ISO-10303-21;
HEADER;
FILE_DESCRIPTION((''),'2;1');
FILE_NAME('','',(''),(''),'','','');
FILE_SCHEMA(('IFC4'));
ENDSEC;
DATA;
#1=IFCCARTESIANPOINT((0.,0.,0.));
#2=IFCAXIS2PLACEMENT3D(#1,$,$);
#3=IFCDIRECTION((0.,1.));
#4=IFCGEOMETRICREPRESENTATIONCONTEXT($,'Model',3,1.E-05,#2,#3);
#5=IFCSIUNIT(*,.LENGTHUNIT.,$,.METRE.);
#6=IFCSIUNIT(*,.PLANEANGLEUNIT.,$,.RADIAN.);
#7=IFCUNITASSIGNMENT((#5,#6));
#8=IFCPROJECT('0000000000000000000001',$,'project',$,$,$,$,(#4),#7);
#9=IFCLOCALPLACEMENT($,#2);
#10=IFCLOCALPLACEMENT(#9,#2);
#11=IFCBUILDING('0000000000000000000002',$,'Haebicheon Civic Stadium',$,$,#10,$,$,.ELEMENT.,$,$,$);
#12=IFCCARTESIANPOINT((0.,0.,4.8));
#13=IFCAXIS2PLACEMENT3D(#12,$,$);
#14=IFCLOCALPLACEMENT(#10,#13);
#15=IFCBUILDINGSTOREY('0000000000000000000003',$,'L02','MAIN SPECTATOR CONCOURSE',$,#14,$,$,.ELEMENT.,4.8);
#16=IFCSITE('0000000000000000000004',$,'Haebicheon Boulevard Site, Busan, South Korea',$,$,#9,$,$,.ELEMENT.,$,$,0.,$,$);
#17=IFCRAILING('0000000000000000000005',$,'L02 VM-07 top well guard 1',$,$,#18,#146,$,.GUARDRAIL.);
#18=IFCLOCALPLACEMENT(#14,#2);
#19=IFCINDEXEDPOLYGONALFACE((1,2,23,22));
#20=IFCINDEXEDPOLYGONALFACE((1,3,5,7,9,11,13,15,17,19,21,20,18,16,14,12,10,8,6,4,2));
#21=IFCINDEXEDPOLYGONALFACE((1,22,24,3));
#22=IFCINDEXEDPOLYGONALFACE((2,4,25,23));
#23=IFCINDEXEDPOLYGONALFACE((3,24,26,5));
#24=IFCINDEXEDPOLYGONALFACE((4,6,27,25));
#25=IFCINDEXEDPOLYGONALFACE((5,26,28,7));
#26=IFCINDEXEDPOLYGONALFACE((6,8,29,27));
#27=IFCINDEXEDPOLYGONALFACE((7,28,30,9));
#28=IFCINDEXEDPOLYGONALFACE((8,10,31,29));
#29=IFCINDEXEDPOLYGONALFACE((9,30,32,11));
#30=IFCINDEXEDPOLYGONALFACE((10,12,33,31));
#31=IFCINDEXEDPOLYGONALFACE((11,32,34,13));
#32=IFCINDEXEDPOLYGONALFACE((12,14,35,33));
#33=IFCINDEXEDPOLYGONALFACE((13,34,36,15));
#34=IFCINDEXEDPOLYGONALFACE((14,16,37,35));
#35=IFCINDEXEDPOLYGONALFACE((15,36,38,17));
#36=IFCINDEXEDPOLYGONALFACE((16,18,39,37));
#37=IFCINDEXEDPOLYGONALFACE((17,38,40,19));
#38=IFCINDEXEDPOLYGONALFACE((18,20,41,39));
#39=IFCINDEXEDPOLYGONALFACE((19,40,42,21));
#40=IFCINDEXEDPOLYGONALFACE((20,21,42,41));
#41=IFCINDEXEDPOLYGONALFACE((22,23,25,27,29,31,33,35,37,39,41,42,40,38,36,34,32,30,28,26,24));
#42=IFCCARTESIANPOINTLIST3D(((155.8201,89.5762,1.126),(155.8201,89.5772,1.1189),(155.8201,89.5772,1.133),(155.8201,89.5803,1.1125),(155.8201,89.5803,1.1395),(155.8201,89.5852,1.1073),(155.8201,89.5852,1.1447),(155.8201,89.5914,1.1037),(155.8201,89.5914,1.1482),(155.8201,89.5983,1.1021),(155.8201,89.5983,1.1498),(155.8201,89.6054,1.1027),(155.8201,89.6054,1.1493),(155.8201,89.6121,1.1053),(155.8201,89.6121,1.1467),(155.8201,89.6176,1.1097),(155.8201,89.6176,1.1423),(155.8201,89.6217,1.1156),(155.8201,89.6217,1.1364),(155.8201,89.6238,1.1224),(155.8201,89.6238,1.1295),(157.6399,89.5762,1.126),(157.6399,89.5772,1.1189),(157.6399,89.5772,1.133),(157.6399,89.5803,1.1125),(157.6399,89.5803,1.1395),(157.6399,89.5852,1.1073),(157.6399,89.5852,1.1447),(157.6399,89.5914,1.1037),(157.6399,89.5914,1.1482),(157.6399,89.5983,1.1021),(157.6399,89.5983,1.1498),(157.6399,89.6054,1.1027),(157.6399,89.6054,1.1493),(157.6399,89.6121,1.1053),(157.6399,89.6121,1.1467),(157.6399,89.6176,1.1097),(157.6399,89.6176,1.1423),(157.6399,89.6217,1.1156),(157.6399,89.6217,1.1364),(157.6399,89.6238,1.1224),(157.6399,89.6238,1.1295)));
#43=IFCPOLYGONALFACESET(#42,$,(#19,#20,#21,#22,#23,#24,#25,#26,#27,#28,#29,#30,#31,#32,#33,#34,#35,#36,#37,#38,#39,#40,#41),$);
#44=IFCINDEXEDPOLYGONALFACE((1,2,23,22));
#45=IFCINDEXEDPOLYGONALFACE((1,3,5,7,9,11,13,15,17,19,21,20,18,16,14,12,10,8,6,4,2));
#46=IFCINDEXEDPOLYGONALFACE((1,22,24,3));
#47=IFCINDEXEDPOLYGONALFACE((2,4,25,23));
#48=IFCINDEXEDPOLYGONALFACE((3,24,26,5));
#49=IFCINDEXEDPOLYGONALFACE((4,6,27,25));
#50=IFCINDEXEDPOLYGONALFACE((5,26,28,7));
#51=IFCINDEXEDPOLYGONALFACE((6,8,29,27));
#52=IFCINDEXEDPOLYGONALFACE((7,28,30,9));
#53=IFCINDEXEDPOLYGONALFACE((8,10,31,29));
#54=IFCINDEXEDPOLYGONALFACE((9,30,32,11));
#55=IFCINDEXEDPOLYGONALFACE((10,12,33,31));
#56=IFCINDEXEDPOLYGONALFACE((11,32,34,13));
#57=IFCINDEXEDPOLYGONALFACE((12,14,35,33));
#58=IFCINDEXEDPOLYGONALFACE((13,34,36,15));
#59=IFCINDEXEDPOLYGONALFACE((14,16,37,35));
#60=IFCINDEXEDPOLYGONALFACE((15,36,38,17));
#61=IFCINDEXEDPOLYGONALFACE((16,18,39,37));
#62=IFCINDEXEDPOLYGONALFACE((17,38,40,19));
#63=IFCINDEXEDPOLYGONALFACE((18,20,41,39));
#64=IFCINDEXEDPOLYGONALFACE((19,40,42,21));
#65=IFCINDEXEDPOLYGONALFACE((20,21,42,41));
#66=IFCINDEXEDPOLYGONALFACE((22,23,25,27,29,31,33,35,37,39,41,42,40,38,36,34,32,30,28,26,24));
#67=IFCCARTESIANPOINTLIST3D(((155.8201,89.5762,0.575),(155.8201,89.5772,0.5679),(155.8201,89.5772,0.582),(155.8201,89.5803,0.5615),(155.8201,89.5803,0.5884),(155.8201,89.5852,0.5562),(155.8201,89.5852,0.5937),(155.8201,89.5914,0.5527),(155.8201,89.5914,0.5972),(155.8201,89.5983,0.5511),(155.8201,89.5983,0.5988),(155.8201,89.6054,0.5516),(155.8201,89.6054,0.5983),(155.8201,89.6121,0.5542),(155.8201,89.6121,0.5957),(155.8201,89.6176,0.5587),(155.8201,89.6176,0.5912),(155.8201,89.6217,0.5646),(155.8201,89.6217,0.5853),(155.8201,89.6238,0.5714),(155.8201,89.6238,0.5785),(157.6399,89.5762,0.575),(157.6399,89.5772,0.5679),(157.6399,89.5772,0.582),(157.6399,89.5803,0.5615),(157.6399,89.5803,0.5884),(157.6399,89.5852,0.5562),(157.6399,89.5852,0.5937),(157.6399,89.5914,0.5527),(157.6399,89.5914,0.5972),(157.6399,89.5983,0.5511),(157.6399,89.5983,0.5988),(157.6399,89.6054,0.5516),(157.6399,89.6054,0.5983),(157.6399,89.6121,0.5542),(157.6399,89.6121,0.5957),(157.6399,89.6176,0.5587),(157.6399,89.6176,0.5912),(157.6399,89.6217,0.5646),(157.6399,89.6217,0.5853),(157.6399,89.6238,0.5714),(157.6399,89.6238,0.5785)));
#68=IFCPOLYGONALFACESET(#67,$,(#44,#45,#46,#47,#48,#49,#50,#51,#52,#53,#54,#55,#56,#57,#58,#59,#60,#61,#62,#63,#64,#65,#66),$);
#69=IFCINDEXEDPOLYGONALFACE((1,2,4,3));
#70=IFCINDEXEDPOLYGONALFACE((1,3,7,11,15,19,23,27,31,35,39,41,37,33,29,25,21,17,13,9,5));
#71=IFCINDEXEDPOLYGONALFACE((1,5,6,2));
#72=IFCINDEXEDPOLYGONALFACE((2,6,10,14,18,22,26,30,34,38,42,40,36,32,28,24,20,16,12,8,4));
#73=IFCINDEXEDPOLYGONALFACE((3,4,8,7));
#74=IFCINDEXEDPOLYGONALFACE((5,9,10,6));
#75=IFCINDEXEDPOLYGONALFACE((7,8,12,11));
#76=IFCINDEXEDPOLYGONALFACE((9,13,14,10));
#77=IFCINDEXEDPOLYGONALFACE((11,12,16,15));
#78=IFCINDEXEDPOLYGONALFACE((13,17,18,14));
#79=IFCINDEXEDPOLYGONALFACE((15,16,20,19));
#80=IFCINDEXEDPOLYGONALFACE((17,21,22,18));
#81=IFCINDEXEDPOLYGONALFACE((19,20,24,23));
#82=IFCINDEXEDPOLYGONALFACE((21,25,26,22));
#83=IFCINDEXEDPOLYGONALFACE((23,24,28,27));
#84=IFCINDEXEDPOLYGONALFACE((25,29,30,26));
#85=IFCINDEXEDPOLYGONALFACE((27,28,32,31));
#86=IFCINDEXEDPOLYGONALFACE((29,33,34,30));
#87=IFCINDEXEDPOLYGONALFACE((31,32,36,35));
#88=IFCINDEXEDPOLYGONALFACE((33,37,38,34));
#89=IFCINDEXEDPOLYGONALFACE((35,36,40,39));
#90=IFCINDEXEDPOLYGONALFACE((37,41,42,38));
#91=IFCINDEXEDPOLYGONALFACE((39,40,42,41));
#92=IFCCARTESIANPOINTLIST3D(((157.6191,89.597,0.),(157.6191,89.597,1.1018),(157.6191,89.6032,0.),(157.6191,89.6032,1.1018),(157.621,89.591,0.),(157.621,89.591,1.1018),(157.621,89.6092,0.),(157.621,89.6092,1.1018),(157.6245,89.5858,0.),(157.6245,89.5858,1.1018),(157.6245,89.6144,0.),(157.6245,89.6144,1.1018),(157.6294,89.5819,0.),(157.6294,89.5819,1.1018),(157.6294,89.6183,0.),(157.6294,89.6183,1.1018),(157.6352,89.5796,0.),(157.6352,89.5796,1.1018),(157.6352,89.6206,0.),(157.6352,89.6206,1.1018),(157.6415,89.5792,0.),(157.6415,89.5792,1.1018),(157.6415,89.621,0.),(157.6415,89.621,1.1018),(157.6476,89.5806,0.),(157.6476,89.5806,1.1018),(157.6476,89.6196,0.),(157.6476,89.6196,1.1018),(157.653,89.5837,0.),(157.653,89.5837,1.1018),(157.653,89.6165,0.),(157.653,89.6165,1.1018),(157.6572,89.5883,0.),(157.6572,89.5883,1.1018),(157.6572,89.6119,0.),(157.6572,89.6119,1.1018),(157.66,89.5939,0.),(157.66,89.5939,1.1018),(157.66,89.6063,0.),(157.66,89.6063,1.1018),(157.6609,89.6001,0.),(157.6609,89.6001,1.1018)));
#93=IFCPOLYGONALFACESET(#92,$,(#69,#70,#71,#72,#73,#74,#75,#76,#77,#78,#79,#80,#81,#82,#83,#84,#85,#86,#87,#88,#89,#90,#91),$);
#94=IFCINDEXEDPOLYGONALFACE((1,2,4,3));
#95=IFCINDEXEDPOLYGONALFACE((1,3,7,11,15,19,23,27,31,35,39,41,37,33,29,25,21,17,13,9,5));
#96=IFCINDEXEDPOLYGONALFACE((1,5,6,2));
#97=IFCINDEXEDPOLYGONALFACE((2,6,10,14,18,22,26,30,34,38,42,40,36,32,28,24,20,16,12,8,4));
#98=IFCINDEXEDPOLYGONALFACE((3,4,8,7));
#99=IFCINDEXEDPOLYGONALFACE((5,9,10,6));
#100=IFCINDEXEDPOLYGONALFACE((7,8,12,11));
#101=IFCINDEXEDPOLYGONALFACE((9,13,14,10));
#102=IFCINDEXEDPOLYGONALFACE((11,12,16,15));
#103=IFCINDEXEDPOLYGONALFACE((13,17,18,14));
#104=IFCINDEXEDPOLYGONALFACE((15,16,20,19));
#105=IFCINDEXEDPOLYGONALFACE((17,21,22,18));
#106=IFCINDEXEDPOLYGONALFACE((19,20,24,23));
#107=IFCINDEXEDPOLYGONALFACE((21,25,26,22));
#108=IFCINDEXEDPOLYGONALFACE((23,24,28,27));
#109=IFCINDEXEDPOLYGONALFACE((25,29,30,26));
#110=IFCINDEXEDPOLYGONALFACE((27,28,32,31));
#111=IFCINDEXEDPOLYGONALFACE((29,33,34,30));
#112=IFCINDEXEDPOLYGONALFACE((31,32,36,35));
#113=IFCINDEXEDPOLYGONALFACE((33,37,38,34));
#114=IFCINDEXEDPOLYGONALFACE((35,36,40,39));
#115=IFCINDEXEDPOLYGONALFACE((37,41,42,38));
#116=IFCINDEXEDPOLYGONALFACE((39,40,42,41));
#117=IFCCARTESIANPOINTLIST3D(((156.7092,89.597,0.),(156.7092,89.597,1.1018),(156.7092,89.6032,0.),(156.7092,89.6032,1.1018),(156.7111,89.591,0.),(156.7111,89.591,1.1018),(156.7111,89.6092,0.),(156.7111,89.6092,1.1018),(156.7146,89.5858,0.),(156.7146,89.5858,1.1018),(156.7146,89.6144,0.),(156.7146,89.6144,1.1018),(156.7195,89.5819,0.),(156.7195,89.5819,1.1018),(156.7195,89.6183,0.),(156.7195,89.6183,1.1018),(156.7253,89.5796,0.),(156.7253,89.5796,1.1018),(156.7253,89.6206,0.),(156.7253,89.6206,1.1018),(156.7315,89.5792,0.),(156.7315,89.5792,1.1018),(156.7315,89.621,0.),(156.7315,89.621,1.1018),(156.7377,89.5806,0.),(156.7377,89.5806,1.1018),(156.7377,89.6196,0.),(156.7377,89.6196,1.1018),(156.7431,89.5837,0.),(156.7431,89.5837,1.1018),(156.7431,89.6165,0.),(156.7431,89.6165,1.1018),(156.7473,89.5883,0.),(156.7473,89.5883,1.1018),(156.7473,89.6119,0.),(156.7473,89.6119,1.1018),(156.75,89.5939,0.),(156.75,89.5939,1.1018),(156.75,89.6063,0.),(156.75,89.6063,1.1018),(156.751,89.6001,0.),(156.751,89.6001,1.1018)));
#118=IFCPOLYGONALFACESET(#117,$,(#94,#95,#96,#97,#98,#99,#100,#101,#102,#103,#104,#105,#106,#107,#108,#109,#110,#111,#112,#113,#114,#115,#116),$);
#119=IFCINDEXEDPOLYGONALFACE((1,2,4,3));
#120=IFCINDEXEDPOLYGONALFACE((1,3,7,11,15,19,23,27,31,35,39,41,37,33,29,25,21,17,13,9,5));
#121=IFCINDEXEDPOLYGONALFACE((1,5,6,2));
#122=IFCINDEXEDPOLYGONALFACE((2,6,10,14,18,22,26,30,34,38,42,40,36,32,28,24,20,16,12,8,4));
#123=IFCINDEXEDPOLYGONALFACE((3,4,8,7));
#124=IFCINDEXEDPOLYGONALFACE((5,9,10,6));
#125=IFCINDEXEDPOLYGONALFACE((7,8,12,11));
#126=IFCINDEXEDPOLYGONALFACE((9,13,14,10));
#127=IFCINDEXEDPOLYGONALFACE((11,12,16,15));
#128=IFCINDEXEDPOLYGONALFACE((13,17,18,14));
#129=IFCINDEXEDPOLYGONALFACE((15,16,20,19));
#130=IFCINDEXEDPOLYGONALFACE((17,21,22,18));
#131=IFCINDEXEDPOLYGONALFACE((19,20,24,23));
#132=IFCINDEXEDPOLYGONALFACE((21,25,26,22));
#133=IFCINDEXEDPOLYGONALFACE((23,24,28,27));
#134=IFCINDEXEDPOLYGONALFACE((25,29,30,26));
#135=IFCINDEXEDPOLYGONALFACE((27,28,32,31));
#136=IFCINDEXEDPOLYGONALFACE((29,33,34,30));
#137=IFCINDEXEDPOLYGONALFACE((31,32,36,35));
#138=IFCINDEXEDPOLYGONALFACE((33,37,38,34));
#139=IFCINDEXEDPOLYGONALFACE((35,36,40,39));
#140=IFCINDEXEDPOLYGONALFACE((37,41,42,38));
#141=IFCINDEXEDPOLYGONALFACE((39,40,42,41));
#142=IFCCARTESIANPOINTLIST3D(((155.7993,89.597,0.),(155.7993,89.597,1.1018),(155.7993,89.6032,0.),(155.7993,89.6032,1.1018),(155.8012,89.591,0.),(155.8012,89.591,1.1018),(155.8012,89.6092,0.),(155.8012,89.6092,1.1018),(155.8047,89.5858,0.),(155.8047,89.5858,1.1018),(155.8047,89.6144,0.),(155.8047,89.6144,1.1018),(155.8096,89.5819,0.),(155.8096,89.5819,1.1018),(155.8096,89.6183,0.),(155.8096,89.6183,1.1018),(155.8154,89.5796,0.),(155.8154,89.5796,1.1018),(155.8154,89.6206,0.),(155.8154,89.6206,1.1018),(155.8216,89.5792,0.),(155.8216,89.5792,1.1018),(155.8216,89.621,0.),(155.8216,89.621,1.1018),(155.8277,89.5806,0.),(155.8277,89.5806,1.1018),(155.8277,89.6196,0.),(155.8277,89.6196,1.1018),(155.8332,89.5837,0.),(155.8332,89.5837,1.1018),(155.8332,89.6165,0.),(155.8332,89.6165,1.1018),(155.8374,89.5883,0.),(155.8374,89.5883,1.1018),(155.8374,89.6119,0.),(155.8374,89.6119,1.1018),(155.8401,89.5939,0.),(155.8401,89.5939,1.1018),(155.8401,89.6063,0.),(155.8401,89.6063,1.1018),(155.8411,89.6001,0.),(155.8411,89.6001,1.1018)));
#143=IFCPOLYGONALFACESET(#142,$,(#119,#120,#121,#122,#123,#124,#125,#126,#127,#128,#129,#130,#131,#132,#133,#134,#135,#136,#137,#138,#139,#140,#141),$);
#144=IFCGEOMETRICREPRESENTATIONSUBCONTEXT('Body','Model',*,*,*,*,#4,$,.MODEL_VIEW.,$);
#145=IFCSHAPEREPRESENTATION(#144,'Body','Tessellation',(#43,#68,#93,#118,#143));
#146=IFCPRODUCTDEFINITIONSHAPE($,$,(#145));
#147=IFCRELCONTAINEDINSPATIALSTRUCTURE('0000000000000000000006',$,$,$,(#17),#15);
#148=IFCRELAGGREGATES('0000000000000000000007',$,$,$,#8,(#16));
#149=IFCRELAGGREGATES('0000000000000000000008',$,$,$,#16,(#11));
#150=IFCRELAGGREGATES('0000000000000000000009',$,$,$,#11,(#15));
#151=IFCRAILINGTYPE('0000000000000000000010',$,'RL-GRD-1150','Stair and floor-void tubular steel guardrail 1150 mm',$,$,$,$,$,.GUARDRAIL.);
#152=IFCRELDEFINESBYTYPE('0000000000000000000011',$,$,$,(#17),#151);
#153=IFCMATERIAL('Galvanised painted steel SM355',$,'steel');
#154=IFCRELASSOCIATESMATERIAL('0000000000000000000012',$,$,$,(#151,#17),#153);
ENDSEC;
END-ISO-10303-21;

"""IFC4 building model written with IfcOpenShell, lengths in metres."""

from ifc_helpers import new_model, si_unit, direction, frame, origin, origin_2d, place, context, subcontext, project, spatial, circle, extrude, material, type_object, element, save


model = new_model("IFC4")

# Units and contexts
model_context = context("Model", 3, precision=1e-05, world=origin(), true_north=direction((0.0, 1.0)))
body_context = subcontext(model_context, "Body", "Model", "MODEL_VIEW")
ifc_project = project(units=[si_unit("LENGTHUNIT", "METRE"), si_unit("PLANEANGLEUNIT", "RADIAN")], contexts=[model_context])

# Site, building, storey
site_placement = place(None, origin())
site = spatial("IfcSite", under=ifc_project, at=site_placement, Name="Haebicheon Boulevard Site, Busan, South Korea", CompositionType="ELEMENT", RefElevation=0.0)
building_placement = place(site_placement, origin())
building = spatial("IfcBuilding", under=site, at=building_placement, Name="Haebicheon Civic Stadium", CompositionType="ELEMENT")
storey_placement = place(building_placement, frame((0.0, 0.0, 4.8)))
storey = spatial("IfcBuildingStorey", under=building, at=storey_placement, Name="L02", Description="MAIN SPECTATOR CONCOURSE", CompositionType="ELEMENT", Elevation=4.8)

# Railing
ifc_material_1 = material(Name="Galvanised painted steel SM355", Category="steel")
railing_type_1 = type_object("IfcRailingType", Name="RL-GRD-1150", Description="Stair and floor-void tubular steel guardrail 1150 mm", PredefinedType="GUARDRAIL", material=ifc_material_1)
railing_placement = place(storey_placement, frame((157.6399, 89.6001, 0.0)))
element("IfcRailing", 1, at=railing_placement, inside=storey, type_object=railing_type_1, material=ifc_material_1, Name="L02 VM-07 top well guard 1", PredefinedType="GUARDRAIL", context=body_context, shape_type="SweptSolid", body=[
    extrude(circle(Radius=0.0239, at=origin_2d()), frame((0.0, 0.0, 1.126), z_axis=(-1.0, 0.0, 0.0), x_axis=(0.0, -1.0, 0.0)), (0.0, 0.0, 1.0), 1.8198),
    extrude(circle(Radius=0.0239, at=origin_2d()), frame((0.0, 0.0, 0.575), z_axis=(-1.0, 0.0, 0.0), x_axis=(0.0, -1.0, 0.0)), (0.0, 0.0, 1.0), 1.8198),
    extrude(circle(Radius=0.021, at=origin_2d()), origin(), (0.0, 0.0, 1.0), 1.1018),
    extrude(circle(Radius=0.021, at=origin_2d()), frame((-0.9099, 0.0, 0.0)), (0.0, 0.0, 1.0), 1.1018),
    extrude(circle(Radius=0.021, at=origin_2d()), frame((-1.8198, 0.0, 0.0)), (0.0, 0.0, 1.0), 1.1018),
])

save(model, "model.ifc")
